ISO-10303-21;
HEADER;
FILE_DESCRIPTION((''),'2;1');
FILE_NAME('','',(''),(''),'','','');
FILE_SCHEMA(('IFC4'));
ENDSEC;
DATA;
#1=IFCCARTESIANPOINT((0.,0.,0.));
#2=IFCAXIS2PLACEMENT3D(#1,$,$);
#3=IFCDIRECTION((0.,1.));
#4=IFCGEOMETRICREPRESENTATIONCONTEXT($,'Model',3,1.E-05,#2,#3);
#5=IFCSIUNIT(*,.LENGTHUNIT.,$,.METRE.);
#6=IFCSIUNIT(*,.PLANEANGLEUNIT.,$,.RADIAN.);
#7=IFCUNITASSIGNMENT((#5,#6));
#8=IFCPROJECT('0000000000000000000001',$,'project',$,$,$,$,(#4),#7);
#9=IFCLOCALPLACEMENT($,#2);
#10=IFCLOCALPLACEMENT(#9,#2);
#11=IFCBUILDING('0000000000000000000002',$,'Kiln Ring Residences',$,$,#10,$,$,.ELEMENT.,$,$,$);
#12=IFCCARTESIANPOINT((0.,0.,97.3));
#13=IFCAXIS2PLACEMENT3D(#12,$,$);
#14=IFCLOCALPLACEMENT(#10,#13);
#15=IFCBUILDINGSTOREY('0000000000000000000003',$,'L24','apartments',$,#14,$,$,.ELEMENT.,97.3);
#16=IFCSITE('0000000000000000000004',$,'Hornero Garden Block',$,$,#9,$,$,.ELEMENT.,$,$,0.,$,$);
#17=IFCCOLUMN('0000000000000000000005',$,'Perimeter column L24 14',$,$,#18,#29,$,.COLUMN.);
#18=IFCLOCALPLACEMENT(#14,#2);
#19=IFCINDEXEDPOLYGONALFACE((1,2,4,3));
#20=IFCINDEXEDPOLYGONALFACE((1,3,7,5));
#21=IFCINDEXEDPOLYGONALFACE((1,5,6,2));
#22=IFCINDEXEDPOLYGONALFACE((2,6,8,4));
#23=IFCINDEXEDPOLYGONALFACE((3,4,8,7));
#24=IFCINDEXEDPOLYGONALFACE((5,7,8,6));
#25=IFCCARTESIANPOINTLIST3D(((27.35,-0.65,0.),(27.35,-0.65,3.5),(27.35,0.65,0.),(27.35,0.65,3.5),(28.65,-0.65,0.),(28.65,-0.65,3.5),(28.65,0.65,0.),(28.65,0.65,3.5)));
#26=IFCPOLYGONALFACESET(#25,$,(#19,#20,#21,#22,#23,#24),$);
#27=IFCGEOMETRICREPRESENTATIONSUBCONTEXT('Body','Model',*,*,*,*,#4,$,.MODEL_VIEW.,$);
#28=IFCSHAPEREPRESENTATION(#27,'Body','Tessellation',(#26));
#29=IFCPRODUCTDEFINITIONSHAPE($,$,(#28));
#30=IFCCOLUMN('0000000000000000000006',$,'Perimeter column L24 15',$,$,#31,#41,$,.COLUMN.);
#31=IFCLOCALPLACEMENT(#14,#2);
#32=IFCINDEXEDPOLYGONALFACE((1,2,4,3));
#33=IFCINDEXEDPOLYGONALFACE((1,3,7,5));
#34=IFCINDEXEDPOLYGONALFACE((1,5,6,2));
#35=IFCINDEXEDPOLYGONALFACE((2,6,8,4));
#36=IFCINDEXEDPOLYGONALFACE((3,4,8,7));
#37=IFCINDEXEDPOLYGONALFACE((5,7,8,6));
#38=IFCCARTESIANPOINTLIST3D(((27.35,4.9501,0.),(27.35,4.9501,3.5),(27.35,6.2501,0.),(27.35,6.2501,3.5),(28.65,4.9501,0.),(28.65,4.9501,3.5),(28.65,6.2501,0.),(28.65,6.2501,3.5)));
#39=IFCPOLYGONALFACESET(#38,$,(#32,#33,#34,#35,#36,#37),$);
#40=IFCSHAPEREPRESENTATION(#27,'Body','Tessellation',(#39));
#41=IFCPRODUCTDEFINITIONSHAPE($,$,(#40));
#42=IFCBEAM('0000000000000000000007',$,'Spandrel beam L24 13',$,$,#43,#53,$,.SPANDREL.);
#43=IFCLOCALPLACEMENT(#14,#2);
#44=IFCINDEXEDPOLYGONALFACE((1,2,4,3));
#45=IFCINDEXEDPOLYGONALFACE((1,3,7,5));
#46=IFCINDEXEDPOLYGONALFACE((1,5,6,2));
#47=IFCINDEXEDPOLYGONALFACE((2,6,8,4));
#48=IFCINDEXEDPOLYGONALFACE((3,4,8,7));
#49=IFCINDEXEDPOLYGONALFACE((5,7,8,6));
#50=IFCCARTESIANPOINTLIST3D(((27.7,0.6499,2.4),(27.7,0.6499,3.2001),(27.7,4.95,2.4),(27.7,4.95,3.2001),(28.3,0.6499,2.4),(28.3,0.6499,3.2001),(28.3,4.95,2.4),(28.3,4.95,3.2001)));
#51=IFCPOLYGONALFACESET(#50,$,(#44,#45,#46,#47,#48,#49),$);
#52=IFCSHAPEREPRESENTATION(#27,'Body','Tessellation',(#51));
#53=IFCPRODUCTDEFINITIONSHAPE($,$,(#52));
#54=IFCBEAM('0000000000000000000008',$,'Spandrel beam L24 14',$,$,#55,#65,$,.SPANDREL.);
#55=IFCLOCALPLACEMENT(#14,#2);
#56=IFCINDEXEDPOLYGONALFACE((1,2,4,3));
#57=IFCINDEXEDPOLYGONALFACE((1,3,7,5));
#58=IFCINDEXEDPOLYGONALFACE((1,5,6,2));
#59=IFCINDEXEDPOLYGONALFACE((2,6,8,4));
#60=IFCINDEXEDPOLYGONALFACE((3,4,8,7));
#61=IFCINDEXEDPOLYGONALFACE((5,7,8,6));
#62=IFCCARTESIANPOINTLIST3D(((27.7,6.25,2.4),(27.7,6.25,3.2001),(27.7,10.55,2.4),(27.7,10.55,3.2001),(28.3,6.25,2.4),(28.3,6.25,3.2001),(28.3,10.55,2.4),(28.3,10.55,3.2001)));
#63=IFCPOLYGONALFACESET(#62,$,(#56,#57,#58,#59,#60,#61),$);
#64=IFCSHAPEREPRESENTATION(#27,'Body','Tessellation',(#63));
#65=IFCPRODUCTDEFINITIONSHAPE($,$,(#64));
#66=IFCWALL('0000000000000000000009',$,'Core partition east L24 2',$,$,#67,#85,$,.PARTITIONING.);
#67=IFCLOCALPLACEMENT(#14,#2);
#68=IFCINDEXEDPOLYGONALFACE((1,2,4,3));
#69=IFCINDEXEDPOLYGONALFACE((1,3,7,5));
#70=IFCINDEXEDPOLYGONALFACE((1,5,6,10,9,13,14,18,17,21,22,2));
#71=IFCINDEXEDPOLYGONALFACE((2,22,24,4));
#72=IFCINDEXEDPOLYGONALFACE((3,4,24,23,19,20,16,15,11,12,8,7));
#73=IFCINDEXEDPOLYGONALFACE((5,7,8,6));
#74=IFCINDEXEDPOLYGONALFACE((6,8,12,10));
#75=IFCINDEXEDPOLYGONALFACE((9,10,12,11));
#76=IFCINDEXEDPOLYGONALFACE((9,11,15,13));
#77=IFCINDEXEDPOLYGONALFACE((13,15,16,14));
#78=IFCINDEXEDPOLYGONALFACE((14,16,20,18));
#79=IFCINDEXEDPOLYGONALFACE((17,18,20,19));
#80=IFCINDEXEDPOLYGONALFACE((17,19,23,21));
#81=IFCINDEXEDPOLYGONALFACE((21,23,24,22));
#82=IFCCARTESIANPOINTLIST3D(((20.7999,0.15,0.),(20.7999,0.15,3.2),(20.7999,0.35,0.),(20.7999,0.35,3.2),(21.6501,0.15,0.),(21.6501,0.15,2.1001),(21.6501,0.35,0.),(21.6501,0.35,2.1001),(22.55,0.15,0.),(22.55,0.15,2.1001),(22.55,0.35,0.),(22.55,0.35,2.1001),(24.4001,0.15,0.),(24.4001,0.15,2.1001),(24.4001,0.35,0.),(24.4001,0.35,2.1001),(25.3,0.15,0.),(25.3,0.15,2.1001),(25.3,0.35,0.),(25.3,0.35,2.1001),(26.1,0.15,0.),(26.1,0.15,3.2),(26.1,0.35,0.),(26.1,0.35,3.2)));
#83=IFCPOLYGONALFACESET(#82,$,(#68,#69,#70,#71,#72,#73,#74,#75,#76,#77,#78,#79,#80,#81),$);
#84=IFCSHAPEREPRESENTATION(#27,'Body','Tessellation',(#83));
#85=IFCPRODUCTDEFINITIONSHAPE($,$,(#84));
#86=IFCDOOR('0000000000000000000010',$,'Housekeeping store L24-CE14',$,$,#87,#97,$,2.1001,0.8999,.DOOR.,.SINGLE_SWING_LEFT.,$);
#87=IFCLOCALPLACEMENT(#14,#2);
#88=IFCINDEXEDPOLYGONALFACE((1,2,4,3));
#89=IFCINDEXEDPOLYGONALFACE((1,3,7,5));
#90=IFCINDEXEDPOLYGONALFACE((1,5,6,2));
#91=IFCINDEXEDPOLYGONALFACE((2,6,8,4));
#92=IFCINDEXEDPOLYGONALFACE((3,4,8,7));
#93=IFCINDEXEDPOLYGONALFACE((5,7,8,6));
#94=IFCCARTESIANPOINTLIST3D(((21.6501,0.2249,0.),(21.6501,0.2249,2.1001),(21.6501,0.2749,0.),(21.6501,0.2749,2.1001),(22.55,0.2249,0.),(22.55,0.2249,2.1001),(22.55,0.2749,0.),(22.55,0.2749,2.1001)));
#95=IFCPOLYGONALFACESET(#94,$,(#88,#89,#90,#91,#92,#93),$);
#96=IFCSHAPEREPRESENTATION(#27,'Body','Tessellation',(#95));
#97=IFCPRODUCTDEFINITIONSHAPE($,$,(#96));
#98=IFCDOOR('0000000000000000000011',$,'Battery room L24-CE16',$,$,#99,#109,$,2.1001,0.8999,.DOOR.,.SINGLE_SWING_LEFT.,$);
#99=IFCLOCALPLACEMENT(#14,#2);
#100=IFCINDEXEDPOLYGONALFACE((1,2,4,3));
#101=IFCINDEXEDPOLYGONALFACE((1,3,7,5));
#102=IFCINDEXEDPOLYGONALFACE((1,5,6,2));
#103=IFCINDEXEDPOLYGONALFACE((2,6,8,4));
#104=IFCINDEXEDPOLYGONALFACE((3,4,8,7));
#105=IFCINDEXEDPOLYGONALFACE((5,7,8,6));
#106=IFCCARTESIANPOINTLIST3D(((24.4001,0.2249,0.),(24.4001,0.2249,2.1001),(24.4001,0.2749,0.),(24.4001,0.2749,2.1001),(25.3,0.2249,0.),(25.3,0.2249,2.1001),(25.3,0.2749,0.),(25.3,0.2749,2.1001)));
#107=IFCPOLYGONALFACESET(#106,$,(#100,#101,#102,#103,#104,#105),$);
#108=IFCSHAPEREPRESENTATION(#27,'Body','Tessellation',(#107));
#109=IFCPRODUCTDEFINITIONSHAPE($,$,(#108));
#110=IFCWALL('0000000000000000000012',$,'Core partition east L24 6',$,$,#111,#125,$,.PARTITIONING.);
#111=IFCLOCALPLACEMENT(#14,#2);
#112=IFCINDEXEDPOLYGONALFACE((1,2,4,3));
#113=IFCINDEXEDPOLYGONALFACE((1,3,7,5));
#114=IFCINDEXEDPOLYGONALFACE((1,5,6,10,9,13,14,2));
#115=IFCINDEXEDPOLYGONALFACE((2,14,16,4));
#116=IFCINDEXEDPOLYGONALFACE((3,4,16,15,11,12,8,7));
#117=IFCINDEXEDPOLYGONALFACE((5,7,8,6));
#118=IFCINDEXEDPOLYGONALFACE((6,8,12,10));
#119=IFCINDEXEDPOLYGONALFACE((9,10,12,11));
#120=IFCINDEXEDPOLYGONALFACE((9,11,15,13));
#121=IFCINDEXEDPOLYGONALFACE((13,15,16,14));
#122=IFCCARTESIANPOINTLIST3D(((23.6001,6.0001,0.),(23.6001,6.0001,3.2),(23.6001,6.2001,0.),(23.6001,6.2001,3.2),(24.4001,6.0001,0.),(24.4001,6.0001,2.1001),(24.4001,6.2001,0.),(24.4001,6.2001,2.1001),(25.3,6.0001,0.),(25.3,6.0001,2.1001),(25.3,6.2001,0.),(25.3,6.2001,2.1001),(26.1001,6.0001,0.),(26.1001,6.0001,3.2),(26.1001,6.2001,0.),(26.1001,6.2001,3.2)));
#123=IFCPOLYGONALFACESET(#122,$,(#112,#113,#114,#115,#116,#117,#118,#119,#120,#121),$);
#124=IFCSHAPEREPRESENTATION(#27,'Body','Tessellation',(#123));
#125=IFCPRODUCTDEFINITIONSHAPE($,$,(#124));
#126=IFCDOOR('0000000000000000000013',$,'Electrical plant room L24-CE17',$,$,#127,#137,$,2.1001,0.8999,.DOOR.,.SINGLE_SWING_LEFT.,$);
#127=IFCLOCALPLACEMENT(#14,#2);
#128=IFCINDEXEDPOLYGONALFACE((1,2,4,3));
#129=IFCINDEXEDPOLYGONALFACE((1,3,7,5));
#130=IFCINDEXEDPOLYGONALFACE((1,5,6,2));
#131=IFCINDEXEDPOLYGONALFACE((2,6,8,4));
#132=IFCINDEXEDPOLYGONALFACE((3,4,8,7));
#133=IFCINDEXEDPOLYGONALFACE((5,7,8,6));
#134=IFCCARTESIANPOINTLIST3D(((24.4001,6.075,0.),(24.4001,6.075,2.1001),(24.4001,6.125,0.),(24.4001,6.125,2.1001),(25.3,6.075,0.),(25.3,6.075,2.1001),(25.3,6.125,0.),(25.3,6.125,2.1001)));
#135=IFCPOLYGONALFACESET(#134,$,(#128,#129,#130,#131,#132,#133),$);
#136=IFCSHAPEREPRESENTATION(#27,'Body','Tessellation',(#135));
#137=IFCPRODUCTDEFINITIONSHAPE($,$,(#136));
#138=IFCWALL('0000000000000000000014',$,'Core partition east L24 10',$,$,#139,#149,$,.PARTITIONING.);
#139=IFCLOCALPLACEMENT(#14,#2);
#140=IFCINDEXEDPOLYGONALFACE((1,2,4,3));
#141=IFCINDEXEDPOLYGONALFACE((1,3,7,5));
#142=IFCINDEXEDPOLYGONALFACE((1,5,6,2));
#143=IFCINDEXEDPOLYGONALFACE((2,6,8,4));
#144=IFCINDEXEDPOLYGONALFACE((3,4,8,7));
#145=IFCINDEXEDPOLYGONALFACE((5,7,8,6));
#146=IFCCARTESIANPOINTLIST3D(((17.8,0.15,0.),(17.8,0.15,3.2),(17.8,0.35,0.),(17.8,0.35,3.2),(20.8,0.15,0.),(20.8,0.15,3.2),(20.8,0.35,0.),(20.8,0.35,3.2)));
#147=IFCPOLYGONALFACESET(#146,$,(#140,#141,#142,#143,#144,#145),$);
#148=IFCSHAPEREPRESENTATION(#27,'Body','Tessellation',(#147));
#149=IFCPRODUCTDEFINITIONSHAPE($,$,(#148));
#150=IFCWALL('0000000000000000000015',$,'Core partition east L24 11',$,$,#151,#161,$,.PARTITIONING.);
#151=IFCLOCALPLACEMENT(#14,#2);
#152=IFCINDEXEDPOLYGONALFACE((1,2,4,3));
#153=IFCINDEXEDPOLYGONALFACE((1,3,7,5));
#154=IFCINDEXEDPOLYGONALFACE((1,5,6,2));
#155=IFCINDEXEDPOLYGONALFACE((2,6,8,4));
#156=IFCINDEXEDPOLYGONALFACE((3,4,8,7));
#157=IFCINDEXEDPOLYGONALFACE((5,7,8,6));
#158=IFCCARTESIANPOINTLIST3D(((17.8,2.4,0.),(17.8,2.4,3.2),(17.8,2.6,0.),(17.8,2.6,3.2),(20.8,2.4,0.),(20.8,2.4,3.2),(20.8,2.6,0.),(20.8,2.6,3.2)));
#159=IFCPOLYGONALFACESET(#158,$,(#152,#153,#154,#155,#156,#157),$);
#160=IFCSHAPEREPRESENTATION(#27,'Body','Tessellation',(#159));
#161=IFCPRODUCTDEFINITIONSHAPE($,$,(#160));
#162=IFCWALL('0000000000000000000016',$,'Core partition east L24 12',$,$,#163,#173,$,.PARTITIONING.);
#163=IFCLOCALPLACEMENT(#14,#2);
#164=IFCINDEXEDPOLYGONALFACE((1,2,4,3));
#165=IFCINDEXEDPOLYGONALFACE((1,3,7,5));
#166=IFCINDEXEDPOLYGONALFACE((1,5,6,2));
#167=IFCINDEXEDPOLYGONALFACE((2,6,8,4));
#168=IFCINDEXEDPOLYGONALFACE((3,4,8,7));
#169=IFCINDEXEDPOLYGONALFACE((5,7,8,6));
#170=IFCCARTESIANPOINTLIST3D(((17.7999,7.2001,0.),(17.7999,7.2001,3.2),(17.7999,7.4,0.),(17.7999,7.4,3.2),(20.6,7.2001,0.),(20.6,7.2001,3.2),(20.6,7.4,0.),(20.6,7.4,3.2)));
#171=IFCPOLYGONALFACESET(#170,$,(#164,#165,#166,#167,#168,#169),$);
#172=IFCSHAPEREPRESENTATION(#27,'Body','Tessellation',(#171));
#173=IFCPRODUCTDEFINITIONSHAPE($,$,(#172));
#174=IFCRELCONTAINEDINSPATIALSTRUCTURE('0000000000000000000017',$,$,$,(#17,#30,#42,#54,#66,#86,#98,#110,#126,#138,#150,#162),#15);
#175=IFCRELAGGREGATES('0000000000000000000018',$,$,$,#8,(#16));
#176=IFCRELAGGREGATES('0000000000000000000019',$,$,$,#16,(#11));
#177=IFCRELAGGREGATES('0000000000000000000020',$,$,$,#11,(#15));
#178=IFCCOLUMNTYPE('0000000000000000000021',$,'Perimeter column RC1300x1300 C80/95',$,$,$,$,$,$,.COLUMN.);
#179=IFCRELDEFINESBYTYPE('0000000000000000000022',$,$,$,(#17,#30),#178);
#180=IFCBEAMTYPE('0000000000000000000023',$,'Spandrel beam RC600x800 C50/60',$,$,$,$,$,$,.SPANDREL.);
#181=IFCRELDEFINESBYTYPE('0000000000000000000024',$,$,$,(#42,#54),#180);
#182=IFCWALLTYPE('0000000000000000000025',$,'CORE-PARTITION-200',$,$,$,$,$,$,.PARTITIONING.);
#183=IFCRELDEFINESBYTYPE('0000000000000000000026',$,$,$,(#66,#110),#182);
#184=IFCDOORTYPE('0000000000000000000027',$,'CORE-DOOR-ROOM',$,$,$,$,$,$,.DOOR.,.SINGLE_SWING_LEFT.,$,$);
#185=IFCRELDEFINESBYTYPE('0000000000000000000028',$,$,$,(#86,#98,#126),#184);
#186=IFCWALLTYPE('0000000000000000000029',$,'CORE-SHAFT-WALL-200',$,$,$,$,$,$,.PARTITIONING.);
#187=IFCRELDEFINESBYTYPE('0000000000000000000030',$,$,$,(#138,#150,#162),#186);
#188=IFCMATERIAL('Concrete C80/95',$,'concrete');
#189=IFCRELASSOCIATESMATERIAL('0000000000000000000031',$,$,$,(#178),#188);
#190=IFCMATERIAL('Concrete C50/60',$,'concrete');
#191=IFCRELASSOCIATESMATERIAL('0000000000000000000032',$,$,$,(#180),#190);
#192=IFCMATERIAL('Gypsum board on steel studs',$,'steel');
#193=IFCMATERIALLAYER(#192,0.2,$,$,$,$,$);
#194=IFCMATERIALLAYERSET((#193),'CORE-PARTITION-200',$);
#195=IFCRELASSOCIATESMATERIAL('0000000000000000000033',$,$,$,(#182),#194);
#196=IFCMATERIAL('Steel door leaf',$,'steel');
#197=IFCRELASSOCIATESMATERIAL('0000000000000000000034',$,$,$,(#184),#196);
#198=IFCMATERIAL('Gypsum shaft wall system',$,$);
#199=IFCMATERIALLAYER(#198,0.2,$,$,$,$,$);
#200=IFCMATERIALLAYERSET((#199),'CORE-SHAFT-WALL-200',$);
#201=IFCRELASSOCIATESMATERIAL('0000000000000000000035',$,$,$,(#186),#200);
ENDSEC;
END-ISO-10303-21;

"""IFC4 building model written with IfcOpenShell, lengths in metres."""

from ifc_helpers import new_model, si_unit, direction, frame, frame_2d, origin, origin_2d, place, context, subcontext, project, spatial, rectangle, extrude, material, layer, layer_set, material_profile, profile_set, type_object, element, fill, save


model = new_model("IFC4")

# Units and contexts
model_context = context("Model", 3, precision=1e-05, world=origin(), true_north=direction((0.0, 1.0)))
body_context = subcontext(model_context, "Body", "Model", "MODEL_VIEW")
ifc_project = project(units=[si_unit("LENGTHUNIT", "METRE"), si_unit("PLANEANGLEUNIT", "RADIAN")], contexts=[model_context])

# Site, building, storey
site_placement = place(None, origin())
site = spatial("IfcSite", under=ifc_project, at=site_placement, Name="Hornero Garden Block", CompositionType="ELEMENT", RefElevation=0.0)
building_placement = place(site_placement, origin())
building = spatial("IfcBuilding", under=site, at=building_placement, Name="Kiln Ring Residences", CompositionType="ELEMENT")
storey_placement = place(building_placement, frame((0.0, 0.0, 97.3)))
storey = spatial("IfcBuildingStorey", under=building, at=storey_placement, Name="L24", Description="apartments", CompositionType="ELEMENT", Elevation=97.3)

# Columns
ifc_material_1 = material(Name="Concrete C80/95", Category="concrete")
ifc_material_profile_1 = material_profile(ifc_material_1, rectangle(XDim=1.3, YDim=1.3, at=origin_2d()), Name="RC1300x1300")
ifc_profile_set_1 = profile_set([ifc_material_profile_1], Name="Concrete C80/95")
column_type = type_object("IfcColumnType", Name="Perimeter column RC1300x1300 C80/95", PredefinedType="COLUMN", material=ifc_profile_set_1)
for number, where, z_axis, x_axis, name in (
    (1, (28.0, 0.0, 0.0), (0.0, 0.0, 1.0), (1.0, 0.0, 0.0), "Perimeter column L24 14"),
    (2, (28.0, 5.6001, 0.0), (0.0, 0.0, 1.0), (1.0, 0.0, 0.0), "Perimeter column L24 15"),
):
    element("IfcColumn", number, at=place(storey_placement, frame(where, z_axis=z_axis, x_axis=x_axis)), inside=storey, type_object=column_type, Name=name, PredefinedType="COLUMN", context=body_context, shape_type="SweptSolid", body=[
        extrude(rectangle(XDim=1.3, YDim=1.3, at=origin_2d()), origin(), (0.0, 0.0, 1.0), 3.5),
    ])

# Beams
ifc_material_2 = material(Name="Concrete C50/60", Category="concrete")
ifc_material_profile_2 = material_profile(ifc_material_2, rectangle(XDim=0.6001, YDim=0.8, at=origin_2d()), Name="RC600x800")
ifc_profile_set_2 = profile_set([ifc_material_profile_2], Name="Concrete C50/60")
beam_type = type_object("IfcBeamType", Name="Spandrel beam RC600x800 C50/60", PredefinedType="SPANDREL", material=ifc_profile_set_2)
for number, where, z_axis, x_axis, name in (
    (3, (28.0, 0.6499, 2.8), (0.0, 1.0, 0.0), (-1.0, 0.0, 0.0), "Spandrel beam L24 13"),
    (4, (28.0, 6.25, 2.8), (0.0, 1.0, 0.0), (-1.0, 0.0, 0.0), "Spandrel beam L24 14"),
):
    element("IfcBeam", number, at=place(storey_placement, frame(where, z_axis=z_axis, x_axis=x_axis)), inside=storey, type_object=beam_type, Name=name, PredefinedType="SPANDREL", context=body_context, shape_type="SweptSolid", body=[
        extrude(rectangle(XDim=0.6001, YDim=0.8, at=origin_2d()), origin(), (0.0, 0.0, 1.0), 4.3),
    ])

# Wall, openings, doors
ifc_material_3 = material(Name="Gypsum board on steel studs", Category="steel")
ifc_layer_1 = layer(ifc_material_3, 0.2)
ifc_layer_set_1 = layer_set([ifc_layer_1], Name="CORE-PARTITION-200")
wall_type_1 = type_object("IfcWallType", Name="CORE-PARTITION-200", PredefinedType="PARTITIONING", material=ifc_layer_set_1)
wall_1_placement = place(storey_placement, frame((20.8, 0.25, 0.0), z_axis=(0.0, 0.0, 1.0), x_axis=(1.0, 0.0, 0.0)))
wall_1 = element("IfcWall", 5, at=wall_1_placement, inside=storey, type_object=wall_type_1, Name="Core partition east L24 2", PredefinedType="PARTITIONING", context=body_context, shape_type="SweptSolid", body=[
    extrude(rectangle(XDim=5.3, YDim=0.2, at=frame_2d((2.6499, 0.0))), origin(), (0.0, 0.0, 1.0), 3.2),
])
opening_1_placement = place(wall_1_placement, frame((0.8501, 0.0, 0.0)))
opening_1 = element("IfcOpeningElement", 6, at=opening_1_placement, cuts=wall_1, PredefinedType="OPENING", context=body_context, shape_type="SweptSolid", body=[
    extrude(rectangle(XDim=0.8999, YDim=2.1001, at=frame_2d((0.45, 1.05))), frame((0.0, 0.1099, 0.0), z_axis=(0.0, -1.0, 0.0), x_axis=(1.0, 0.0, 0.0)), (0.0, 0.0, 1.0), 0.22),
])
opening_2_placement = place(wall_1_placement, frame((3.6001, 0.0, 0.0)))
opening_2 = element("IfcOpeningElement", 7, at=opening_2_placement, cuts=wall_1, PredefinedType="OPENING", context=body_context, shape_type="SweptSolid", body=[
    extrude(rectangle(XDim=0.8999, YDim=2.1001, at=frame_2d((0.45, 1.05))), frame((0.0, 0.1099, 0.0), z_axis=(0.0, -1.0, 0.0), x_axis=(1.0, 0.0, 0.0)), (0.0, 0.0, 1.0), 0.22),
])
ifc_material_4 = material(Name="Steel door leaf", Category="steel")
door_type = type_object("IfcDoorType", Name="CORE-DOOR-ROOM", OperationType="SINGLE_SWING_LEFT", PredefinedType="DOOR", material=ifc_material_4)
door_1_placement = place(opening_1_placement, origin())
door_1 = element("IfcDoor", 8, at=door_1_placement, inside=storey, type_object=door_type, Name="Housekeeping store L24-CE14", OperationType="SINGLE_SWING_LEFT", OverallHeight=2.1001, OverallWidth=0.8999, PredefinedType="DOOR", context=body_context, shape_type="SweptSolid", body=[
    extrude(rectangle(XDim=0.8999, YDim=2.1001, at=frame_2d((0.45, 1.05))), frame((0.0, 0.0249, 0.0), z_axis=(0.0, -1.0, 0.0), x_axis=(1.0, 0.0, 0.0)), (0.0, 0.0, 1.0), 0.05),
])
fill(opening_1, door_1)
door_2_placement = place(opening_2_placement, origin())
door_2 = element("IfcDoor", 9, at=door_2_placement, inside=storey, type_object=door_type, Name="Battery room L24-CE16", OperationType="SINGLE_SWING_LEFT", OverallHeight=2.1001, OverallWidth=0.8999, PredefinedType="DOOR", context=body_context, shape_type="SweptSolid", body=[
    extrude(rectangle(XDim=0.8999, YDim=2.1001, at=frame_2d((0.45, 1.05))), frame((0.0, 0.0249, 0.0), z_axis=(0.0, -1.0, 0.0), x_axis=(1.0, 0.0, 0.0)), (0.0, 0.0, 1.0), 0.05),
])
fill(opening_2, door_2)

# Wall, opening, door
wall_2_placement = place(storey_placement, frame((23.6001, 6.1001, 0.0), z_axis=(0.0, 0.0, 1.0), x_axis=(1.0, 0.0, 0.0)))
wall_2 = element("IfcWall", 10, at=wall_2_placement, inside=storey, type_object=wall_type_1, Name="Core partition east L24 6", PredefinedType="PARTITIONING", context=body_context, shape_type="SweptSolid", body=[
    extrude(rectangle(XDim=2.5, YDim=0.2, at=frame_2d((1.25, 0.0))), origin(), (0.0, 0.0, 1.0), 3.2),
])
opening_3_placement = place(wall_2_placement, frame((0.8, 0.0, 0.0)))
opening_3 = element("IfcOpeningElement", 11, at=opening_3_placement, cuts=wall_2, PredefinedType="OPENING", context=body_context, shape_type="SweptSolid", body=[
    extrude(rectangle(XDim=0.8999, YDim=2.1001, at=frame_2d((0.45, 1.05))), frame((0.0, 0.1099, 0.0), z_axis=(0.0, -1.0, 0.0), x_axis=(1.0, 0.0, 0.0)), (0.0, 0.0, 1.0), 0.22),
])
door_3_placement = place(opening_3_placement, origin())
door_3 = element("IfcDoor", 12, at=door_3_placement, inside=storey, type_object=door_type, Name="Electrical plant room L24-CE17", OperationType="SINGLE_SWING_LEFT", OverallHeight=2.1001, OverallWidth=0.8999, PredefinedType="DOOR", context=body_context, shape_type="SweptSolid", body=[
    extrude(rectangle(XDim=0.8999, YDim=2.1001, at=frame_2d((0.45, 1.05))), frame((0.0, 0.0249, 0.0), z_axis=(0.0, -1.0, 0.0), x_axis=(1.0, 0.0, 0.0)), (0.0, 0.0, 1.0), 0.05),
])
fill(opening_3, door_3)

# Walls
ifc_material_5 = material(Name="Gypsum shaft wall system")
ifc_layer_2 = layer(ifc_material_5, 0.2)
ifc_layer_set_2 = layer_set([ifc_layer_2], Name="CORE-SHAFT-WALL-200")
wall_type_2 = type_object("IfcWallType", Name="CORE-SHAFT-WALL-200", PredefinedType="PARTITIONING", material=ifc_layer_set_2)
for number, where, z_axis, x_axis, name in (
    (13, (17.8, 0.25, 0.0), (0.0, 0.0, 1.0), (1.0, 0.0, 0.0), "Core partition east L24 10"),
    (14, (17.8, 2.5, 0.0), (0.0, 0.0, 1.0), (1.0, 0.0, 0.0), "Core partition east L24 11"),
):
    element("IfcWall", number, at=place(storey_placement, frame(where, z_axis=z_axis, x_axis=x_axis)), inside=storey, type_object=wall_type_2, Name=name, PredefinedType="PARTITIONING", context=body_context, shape_type="SweptSolid", body=[
        extrude(rectangle(XDim=3.0, YDim=0.2, at=frame_2d((1.5, 0.0))), origin(), (0.0, 0.0, 1.0), 3.2),
    ])
wall_3_placement = place(storey_placement, frame((17.8, 7.3, 0.0), z_axis=(0.0, 0.0, 1.0), x_axis=(1.0, 0.0, 0.0)))
element("IfcWall", 15, at=wall_3_placement, inside=storey, type_object=wall_type_2, Name="Core partition east L24 12", PredefinedType="PARTITIONING", context=body_context, shape_type="SweptSolid", body=[
    extrude(rectangle(XDim=2.8, YDim=0.2, at=frame_2d((1.3999, 0.0))), origin(), (0.0, 0.0, 1.0), 3.2),
])

save(model, "model.ifc")
